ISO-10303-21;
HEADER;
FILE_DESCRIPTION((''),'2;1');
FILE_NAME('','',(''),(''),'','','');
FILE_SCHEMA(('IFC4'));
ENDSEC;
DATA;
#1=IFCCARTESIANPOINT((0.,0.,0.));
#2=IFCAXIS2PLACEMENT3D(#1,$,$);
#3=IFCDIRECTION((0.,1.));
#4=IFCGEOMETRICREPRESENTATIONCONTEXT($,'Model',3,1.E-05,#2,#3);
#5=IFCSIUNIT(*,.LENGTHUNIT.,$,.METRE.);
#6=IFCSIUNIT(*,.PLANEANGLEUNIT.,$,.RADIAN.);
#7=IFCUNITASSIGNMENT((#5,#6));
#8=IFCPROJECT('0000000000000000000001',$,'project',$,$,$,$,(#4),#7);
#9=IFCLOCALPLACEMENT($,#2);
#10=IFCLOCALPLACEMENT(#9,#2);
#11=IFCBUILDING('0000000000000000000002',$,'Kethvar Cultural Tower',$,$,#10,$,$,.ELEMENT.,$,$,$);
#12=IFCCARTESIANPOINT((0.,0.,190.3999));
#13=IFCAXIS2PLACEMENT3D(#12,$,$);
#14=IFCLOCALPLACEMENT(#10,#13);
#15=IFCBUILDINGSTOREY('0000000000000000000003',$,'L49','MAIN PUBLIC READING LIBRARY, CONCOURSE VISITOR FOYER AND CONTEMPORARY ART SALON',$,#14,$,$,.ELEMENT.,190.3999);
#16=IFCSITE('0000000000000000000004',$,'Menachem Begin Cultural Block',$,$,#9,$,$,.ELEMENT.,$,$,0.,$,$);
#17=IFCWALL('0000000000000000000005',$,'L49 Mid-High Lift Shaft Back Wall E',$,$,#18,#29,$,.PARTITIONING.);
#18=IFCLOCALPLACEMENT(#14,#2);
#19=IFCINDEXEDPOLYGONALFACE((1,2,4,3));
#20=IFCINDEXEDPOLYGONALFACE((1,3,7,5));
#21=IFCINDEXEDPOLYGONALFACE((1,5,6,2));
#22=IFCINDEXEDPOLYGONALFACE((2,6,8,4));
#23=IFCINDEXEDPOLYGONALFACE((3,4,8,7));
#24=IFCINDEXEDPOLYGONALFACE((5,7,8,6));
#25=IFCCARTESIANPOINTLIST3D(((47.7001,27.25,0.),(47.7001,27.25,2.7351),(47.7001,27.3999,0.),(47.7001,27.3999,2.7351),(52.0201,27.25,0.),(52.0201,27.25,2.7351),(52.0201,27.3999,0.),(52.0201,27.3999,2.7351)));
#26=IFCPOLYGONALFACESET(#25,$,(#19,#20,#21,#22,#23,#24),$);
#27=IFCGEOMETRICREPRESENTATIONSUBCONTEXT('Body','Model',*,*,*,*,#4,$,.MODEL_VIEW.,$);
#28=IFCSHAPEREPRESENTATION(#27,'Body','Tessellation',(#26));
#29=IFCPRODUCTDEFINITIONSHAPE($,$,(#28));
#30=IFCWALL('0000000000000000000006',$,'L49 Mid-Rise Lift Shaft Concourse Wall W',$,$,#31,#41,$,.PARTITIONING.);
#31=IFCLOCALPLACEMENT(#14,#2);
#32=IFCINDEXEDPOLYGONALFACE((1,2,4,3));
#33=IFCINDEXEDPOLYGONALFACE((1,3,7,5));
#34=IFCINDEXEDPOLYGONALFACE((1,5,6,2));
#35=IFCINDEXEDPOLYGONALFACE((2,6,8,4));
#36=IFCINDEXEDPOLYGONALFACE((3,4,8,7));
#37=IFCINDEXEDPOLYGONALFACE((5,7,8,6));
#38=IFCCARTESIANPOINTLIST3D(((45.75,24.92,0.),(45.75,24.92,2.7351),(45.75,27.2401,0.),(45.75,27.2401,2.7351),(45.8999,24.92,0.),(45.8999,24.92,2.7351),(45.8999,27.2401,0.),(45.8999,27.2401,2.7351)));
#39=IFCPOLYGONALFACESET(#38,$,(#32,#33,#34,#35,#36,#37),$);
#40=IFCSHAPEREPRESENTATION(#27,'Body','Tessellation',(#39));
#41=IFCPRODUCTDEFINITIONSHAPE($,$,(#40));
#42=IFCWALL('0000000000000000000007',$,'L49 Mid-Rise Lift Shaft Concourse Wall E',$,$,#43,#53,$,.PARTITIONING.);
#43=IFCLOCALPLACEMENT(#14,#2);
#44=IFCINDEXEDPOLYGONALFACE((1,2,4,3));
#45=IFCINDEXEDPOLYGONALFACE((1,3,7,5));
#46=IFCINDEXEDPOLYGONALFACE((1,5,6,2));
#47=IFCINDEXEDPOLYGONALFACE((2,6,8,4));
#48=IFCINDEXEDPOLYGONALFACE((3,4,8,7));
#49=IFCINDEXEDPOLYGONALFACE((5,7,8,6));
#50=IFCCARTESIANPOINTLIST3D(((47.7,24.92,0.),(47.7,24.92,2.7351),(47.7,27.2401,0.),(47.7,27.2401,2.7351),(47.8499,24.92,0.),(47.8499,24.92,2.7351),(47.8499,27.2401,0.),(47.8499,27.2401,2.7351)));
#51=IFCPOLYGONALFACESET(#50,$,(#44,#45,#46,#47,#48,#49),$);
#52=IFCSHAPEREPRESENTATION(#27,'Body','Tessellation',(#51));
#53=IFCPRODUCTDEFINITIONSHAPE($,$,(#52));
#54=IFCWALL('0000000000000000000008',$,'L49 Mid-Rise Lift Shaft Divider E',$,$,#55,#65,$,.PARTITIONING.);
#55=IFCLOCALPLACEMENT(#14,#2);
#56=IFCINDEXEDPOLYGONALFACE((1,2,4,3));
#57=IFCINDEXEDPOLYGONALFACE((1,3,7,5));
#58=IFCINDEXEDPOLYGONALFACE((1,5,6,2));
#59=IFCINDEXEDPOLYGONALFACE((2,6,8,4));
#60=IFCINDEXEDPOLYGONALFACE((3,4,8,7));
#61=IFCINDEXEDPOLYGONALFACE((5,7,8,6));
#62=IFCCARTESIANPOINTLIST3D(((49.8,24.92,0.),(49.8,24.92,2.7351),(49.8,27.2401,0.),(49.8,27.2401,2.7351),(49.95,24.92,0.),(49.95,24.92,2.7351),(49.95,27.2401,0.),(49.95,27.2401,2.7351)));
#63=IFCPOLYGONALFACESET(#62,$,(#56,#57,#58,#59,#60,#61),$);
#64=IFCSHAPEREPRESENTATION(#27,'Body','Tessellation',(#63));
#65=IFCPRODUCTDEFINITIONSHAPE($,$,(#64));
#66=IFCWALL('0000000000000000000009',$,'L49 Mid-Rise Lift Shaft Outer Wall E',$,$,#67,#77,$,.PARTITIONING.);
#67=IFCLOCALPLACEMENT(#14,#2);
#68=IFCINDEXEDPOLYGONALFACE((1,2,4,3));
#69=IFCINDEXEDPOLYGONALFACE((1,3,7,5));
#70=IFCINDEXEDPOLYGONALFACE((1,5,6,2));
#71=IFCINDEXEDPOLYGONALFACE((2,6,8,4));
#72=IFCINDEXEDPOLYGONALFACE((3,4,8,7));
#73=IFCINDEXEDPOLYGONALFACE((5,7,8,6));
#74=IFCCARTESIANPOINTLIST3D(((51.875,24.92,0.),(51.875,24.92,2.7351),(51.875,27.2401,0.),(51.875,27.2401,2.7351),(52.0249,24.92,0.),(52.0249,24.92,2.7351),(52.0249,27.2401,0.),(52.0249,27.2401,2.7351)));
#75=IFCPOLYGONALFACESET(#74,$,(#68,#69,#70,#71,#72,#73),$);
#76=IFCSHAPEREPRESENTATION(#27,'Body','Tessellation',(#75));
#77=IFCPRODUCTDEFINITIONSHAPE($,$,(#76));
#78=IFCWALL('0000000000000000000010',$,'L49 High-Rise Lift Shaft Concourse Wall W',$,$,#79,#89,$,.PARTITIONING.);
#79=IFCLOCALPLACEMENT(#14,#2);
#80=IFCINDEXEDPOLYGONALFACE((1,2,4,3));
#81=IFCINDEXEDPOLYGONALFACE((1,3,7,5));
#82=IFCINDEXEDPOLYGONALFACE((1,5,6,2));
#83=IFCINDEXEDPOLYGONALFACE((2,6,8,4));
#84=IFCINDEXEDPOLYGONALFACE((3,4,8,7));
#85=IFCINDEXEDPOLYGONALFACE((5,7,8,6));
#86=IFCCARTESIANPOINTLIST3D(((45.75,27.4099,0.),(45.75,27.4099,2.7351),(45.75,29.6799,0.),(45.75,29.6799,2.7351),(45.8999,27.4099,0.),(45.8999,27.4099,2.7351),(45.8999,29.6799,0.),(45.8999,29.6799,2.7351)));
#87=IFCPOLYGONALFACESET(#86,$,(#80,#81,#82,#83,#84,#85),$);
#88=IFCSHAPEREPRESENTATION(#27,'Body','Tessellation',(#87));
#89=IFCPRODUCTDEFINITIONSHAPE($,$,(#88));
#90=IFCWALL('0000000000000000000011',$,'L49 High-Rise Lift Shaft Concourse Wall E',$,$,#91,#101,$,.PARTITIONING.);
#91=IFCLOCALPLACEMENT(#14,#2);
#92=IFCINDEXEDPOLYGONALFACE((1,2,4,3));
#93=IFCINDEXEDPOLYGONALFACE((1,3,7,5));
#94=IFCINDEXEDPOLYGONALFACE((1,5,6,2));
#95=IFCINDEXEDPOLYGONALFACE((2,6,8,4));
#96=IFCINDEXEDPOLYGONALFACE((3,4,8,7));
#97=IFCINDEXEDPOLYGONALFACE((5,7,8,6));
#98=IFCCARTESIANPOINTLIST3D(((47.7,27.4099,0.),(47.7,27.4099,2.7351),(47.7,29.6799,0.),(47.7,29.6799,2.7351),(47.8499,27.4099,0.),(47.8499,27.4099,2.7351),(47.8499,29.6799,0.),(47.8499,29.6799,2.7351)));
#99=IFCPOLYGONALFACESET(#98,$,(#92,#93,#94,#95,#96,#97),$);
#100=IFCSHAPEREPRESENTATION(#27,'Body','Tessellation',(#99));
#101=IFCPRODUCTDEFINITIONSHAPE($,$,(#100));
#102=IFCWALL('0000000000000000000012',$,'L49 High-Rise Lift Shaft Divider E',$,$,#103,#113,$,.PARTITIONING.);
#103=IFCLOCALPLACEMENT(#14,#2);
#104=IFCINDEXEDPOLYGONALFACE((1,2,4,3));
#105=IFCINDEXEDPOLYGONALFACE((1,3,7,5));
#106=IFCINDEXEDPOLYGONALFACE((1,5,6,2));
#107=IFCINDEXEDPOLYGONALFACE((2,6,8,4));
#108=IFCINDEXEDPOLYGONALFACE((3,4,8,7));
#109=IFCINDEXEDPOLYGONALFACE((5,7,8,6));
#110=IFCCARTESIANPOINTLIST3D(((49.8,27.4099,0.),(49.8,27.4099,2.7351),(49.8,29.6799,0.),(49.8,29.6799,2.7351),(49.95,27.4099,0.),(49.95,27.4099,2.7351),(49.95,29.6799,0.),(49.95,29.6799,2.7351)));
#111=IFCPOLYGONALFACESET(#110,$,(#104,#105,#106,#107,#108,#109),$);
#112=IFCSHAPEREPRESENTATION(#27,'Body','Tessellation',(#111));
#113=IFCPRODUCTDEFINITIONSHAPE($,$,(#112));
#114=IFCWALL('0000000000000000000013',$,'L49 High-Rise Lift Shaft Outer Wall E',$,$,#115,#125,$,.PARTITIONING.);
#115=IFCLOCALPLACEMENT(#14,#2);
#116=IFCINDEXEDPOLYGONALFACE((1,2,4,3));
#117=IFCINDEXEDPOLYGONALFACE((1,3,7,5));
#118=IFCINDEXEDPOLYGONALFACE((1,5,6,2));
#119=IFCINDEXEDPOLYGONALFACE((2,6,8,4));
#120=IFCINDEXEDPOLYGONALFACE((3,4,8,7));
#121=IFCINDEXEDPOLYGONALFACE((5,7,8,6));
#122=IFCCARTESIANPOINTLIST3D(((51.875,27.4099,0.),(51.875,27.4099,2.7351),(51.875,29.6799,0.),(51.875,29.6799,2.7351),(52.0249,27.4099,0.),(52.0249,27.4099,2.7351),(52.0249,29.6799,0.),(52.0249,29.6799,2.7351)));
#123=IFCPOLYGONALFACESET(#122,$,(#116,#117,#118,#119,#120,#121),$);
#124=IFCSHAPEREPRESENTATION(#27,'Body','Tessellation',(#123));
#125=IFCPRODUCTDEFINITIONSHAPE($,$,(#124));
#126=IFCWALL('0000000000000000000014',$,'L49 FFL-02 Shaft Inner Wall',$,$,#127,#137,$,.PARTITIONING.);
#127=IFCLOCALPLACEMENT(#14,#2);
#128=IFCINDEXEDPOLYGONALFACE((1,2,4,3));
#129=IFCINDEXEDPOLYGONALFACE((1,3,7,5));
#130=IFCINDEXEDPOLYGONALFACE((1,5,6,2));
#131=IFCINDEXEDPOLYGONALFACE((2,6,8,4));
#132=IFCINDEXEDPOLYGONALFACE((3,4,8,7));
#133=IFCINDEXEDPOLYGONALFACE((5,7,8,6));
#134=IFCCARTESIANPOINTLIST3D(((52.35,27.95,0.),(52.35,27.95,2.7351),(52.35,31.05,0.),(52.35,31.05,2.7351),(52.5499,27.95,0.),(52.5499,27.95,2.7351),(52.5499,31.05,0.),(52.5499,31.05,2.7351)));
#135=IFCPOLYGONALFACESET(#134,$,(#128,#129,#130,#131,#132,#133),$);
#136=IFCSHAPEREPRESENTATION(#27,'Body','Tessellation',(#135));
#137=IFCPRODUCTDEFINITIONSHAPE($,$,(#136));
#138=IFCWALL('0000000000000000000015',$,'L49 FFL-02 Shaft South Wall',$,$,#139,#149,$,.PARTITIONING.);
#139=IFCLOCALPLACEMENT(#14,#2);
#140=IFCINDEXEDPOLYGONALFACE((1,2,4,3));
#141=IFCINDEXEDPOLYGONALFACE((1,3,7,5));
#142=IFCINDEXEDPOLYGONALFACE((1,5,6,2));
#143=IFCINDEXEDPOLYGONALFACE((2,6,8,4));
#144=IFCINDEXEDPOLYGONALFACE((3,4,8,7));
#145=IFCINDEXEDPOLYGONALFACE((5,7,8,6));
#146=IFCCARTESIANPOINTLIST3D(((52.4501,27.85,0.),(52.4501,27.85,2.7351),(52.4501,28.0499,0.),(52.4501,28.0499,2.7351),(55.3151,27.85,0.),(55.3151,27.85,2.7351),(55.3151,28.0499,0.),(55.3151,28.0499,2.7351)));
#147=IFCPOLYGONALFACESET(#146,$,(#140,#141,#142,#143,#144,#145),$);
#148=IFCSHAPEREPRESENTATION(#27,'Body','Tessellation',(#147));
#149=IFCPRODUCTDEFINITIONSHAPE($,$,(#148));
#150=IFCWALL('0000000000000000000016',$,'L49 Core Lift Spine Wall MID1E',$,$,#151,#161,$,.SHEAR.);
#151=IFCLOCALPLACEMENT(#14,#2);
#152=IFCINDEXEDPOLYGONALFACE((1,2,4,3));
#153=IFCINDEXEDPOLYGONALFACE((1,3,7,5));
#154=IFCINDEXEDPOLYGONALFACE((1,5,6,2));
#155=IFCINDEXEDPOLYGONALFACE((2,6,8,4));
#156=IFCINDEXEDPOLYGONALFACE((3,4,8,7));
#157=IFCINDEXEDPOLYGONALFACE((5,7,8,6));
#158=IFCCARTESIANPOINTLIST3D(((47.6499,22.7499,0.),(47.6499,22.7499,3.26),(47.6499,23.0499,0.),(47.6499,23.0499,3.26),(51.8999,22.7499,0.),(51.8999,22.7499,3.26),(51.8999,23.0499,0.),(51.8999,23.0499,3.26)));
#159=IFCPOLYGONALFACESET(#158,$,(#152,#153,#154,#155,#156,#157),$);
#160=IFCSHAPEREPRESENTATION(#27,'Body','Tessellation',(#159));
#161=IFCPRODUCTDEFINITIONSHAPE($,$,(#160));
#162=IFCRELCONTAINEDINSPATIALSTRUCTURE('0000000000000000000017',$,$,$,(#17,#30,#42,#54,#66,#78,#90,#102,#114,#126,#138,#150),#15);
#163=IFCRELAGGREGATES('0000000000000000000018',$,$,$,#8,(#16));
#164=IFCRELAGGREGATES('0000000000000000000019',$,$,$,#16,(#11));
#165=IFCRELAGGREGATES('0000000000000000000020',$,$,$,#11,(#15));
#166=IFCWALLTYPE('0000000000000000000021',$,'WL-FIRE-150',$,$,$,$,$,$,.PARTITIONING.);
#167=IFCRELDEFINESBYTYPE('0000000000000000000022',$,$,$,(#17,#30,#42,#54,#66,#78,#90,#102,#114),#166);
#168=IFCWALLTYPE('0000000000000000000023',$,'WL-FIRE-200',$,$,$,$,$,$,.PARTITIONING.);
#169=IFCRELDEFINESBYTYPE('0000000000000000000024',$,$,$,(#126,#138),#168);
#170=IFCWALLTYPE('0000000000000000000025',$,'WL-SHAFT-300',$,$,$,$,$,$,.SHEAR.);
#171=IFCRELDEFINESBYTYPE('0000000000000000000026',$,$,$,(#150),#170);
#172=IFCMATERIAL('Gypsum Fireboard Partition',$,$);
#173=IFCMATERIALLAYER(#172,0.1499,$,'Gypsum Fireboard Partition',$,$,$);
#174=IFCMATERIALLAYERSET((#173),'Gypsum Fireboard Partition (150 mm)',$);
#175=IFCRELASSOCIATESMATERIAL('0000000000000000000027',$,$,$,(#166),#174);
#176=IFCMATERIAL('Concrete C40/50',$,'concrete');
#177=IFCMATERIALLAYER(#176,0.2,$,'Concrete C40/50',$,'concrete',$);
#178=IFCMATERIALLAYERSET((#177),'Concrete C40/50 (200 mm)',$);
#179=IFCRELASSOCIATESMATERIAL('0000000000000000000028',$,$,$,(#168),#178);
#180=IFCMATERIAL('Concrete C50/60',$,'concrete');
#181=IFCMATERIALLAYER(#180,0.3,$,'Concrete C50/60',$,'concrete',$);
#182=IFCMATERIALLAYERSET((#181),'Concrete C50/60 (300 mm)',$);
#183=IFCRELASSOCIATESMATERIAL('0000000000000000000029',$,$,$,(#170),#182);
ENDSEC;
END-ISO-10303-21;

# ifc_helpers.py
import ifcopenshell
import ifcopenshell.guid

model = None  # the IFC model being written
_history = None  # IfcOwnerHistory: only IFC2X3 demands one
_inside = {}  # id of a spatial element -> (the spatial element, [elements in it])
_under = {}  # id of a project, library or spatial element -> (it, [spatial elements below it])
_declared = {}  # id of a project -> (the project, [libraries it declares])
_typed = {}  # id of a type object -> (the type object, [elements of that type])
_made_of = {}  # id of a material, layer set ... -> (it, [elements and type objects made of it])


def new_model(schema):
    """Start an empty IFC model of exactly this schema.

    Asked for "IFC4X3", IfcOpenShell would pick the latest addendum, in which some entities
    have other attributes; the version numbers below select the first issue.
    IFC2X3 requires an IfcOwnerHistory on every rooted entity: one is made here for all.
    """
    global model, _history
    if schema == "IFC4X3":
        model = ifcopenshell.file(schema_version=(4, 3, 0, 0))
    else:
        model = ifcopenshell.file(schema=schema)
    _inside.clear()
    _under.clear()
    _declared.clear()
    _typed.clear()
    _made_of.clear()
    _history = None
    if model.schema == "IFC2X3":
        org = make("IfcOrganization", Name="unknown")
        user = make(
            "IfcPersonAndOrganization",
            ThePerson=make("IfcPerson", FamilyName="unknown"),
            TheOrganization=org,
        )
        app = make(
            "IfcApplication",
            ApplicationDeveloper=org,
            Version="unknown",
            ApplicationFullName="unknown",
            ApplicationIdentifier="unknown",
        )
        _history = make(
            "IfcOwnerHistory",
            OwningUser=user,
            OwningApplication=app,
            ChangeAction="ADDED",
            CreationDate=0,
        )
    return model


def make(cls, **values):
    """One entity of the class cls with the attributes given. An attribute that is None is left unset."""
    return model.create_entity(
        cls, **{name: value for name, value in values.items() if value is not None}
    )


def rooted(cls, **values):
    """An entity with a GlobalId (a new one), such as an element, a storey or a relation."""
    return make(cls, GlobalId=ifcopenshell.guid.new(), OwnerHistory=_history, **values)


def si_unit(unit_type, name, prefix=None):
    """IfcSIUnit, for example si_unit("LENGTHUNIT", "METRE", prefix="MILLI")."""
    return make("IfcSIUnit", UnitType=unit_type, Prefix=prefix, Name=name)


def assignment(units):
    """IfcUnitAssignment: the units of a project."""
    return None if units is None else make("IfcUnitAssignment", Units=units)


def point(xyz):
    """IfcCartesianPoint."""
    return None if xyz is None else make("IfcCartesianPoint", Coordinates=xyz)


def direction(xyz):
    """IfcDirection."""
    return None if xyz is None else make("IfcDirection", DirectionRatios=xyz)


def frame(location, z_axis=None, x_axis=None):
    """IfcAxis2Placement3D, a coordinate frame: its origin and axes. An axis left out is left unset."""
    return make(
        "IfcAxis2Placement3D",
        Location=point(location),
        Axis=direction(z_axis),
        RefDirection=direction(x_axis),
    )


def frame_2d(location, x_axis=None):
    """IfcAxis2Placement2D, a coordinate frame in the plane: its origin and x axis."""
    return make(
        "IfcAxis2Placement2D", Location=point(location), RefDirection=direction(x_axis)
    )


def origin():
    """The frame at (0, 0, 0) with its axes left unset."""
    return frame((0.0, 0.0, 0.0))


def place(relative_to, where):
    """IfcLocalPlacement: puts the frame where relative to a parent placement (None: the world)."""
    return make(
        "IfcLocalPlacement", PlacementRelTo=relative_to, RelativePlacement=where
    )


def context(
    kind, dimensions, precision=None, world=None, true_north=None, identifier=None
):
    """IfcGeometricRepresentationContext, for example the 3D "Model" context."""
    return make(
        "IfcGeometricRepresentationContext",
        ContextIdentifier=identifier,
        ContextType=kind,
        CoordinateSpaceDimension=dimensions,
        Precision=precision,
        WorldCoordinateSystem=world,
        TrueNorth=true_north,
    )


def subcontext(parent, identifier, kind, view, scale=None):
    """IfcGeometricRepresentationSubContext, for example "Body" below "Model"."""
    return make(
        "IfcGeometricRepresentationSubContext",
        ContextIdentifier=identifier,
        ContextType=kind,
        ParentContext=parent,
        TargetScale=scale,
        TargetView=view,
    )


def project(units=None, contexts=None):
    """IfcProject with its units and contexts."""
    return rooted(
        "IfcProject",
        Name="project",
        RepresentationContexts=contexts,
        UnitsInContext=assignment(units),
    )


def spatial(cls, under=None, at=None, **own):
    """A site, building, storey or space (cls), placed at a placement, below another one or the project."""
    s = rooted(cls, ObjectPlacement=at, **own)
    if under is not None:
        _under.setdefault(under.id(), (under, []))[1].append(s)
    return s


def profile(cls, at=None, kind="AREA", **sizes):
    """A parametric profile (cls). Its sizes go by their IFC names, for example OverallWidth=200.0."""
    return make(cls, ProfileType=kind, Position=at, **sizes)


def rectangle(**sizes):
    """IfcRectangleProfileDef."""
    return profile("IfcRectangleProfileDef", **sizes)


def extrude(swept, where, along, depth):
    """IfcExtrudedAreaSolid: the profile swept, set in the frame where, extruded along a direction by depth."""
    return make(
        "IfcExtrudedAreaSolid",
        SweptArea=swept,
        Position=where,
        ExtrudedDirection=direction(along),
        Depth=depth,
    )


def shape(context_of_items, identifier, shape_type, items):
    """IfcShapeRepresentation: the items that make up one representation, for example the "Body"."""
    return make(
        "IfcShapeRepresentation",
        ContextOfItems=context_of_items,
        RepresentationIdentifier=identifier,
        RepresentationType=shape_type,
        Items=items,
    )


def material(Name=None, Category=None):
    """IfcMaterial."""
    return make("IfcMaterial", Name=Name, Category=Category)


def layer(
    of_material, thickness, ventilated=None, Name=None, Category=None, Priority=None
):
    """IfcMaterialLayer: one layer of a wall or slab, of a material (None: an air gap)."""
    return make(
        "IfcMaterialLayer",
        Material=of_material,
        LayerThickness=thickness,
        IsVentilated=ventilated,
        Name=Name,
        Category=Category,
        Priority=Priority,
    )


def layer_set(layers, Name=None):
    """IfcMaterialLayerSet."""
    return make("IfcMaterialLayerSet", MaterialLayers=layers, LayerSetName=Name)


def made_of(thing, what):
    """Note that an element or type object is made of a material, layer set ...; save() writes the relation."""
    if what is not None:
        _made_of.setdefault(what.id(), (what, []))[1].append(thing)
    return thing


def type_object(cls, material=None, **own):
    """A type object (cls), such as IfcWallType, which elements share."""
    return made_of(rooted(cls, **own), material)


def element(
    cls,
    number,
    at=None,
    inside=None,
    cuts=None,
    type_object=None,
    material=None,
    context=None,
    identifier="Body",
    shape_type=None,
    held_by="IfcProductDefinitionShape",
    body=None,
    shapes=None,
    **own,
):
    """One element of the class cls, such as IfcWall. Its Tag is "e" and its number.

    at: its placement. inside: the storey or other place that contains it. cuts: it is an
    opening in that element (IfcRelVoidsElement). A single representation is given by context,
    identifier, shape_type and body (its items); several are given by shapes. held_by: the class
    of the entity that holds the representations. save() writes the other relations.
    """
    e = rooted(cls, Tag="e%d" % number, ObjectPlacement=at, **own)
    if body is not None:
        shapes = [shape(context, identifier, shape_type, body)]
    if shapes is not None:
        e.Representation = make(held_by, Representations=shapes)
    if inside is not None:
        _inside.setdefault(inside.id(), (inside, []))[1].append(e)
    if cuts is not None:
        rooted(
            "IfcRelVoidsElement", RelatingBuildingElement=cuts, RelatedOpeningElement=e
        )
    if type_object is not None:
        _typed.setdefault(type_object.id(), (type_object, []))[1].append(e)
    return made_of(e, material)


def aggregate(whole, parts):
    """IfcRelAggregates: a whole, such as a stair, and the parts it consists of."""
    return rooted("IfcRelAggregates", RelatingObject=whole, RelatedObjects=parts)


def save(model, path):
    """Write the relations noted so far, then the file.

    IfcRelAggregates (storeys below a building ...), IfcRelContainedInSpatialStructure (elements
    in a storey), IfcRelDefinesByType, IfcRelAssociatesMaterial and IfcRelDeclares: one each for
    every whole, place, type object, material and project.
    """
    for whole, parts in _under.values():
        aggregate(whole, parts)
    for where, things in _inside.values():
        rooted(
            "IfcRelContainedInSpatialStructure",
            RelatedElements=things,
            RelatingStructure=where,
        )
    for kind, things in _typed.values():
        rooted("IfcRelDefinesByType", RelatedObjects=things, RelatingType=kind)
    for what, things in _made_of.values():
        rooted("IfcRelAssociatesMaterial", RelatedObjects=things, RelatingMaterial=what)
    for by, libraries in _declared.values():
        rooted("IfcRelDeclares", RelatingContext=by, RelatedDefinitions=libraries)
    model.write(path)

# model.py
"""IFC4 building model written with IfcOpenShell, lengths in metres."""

from ifc_helpers import new_model, si_unit, direction, frame, frame_2d, origin, place, context, subcontext, project, spatial, rectangle, extrude, material, layer, layer_set, type_object, element, save


model = new_model("IFC4")

# Units and contexts
model_context = context("Model", 3, precision=1e-05, world=origin(), true_north=direction((0.0, 1.0)))
body_context = subcontext(model_context, "Body", "Model", "MODEL_VIEW")
ifc_project = project(units=[si_unit("LENGTHUNIT", "METRE"), si_unit("PLANEANGLEUNIT", "RADIAN")], contexts=[model_context])

# Site, building, storey
site_placement = place(None, origin())
site = spatial("IfcSite", under=ifc_project, at=site_placement, Name="Menachem Begin Cultural Block", CompositionType="ELEMENT", RefElevation=0.0)
building_placement = place(site_placement, origin())
building = spatial("IfcBuilding", under=site, at=building_placement, Name="Kethvar Cultural Tower", CompositionType="ELEMENT")
storey_placement = place(building_placement, frame((0.0, 0.0, 190.3999)))
storey = spatial("IfcBuildingStorey", under=building, at=storey_placement, Name="L49", Description="MAIN PUBLIC READING LIBRARY, CONCOURSE VISITOR FOYER AND CONTEMPORARY ART SALON", CompositionType="ELEMENT", Elevation=190.3999)

# Walls
ifc_material_1 = material(Name="Gypsum Fireboard Partition")
ifc_layer_1 = layer(ifc_material_1, 0.1499, Name="Gypsum Fireboard Partition")
ifc_layer_set_1 = layer_set([ifc_layer_1], Name="Gypsum Fireboard Partition (150 mm)")
wall_type_1 = type_object("IfcWallType", Name="WL-FIRE-150", PredefinedType="PARTITIONING", material=ifc_layer_set_1)
wall_1_placement = place(storey_placement, frame((47.7, 27.325, 0.0), z_axis=(0.0, 0.0, 1.0), x_axis=(1.0, 0.0, 0.0)))
element("IfcWall", 1, at=wall_1_placement, inside=storey, type_object=wall_type_1, Name="L49 Mid-High Lift Shaft Back Wall E", PredefinedType="PARTITIONING", context=body_context, shape_type="SweptSolid", body=[
    extrude(rectangle(XDim=4.3201, YDim=0.1499, at=frame_2d((2.1602, 0.0))), origin(), (0.0, 0.0, 1.0), 2.7351),
])
for number, where, z_axis, x_axis, name in (
    (2, (45.825, 24.9199, 0.0), (0.0, 0.0, 1.0), (0.0, 1.0, 0.0), "L49 Mid-Rise Lift Shaft Concourse Wall W"),
    (3, (47.7749, 24.9199, 0.0), (0.0, 0.0, 1.0), (0.0, 1.0, 0.0), "L49 Mid-Rise Lift Shaft Concourse Wall E"),
    (4, (49.875, 24.9199, 0.0), (0.0, 0.0, 1.0), (0.0, 1.0, 0.0), "L49 Mid-Rise Lift Shaft Divider E"),
    (5, (51.95, 24.9199, 0.0), (0.0, 0.0, 1.0), (0.0, 1.0, 0.0), "L49 Mid-Rise Lift Shaft Outer Wall E"),
):
    element("IfcWall", number, at=place(storey_placement, frame(where, z_axis=z_axis, x_axis=x_axis)), inside=storey, type_object=wall_type_1, Name=name, PredefinedType="PARTITIONING", context=body_context, shape_type="SweptSolid", body=[
        extrude(rectangle(XDim=2.3201, YDim=0.1499, at=frame_2d((1.1602, 0.0))), origin(), (0.0, 0.0, 1.0), 2.7351),
    ])
for number, where, z_axis, x_axis, name in (
    (6, (45.825, 27.4099, 0.0), (0.0, 0.0, 1.0), (0.0, 1.0, 0.0), "L49 High-Rise Lift Shaft Concourse Wall W"),
    (7, (47.7749, 27.4099, 0.0), (0.0, 0.0, 1.0), (0.0, 1.0, 0.0), "L49 High-Rise Lift Shaft Concourse Wall E"),
    (8, (49.875, 27.4099, 0.0), (0.0, 0.0, 1.0), (0.0, 1.0, 0.0), "L49 High-Rise Lift Shaft Divider E"),
    (9, (51.95, 27.4099, 0.0), (0.0, 0.0, 1.0), (0.0, 1.0, 0.0), "L49 High-Rise Lift Shaft Outer Wall E"),
):
    element("IfcWall", number, at=place(storey_placement, frame(where, z_axis=z_axis, x_axis=x_axis)), inside=storey, type_object=wall_type_1, Name=name, PredefinedType="PARTITIONING", context=body_context, shape_type="SweptSolid", body=[
        extrude(rectangle(XDim=2.27, YDim=0.1499, at=frame_2d((1.135, 0.0))), origin(), (0.0, 0.0, 1.0), 2.7351),
    ])
ifc_material_2 = material(Name="Concrete C40/50", Category="concrete")
ifc_layer_2 = layer(ifc_material_2, 0.2, Name="Concrete C40/50", Category="concrete")
ifc_layer_set_2 = layer_set([ifc_layer_2], Name="Concrete C40/50 (200 mm)")
wall_type_2 = type_object("IfcWallType", Name="WL-FIRE-200", PredefinedType="PARTITIONING", material=ifc_layer_set_2)
wall_2_placement = place(storey_placement, frame((52.45, 27.95, 0.0), z_axis=(0.0, 0.0, 1.0), x_axis=(0.0, 1.0, 0.0)))
element("IfcWall", 10, at=wall_2_placement, inside=storey, type_object=wall_type_2, Name="L49 FFL-02 Shaft Inner Wall", PredefinedType="PARTITIONING", context=body_context, shape_type="SweptSolid", body=[
    extrude(rectangle(XDim=3.1001, YDim=0.2, at=frame_2d((1.55, 0.0))), origin(), (0.0, 0.0, 1.0), 2.7351),
])
wall_3_placement = place(storey_placement, frame((52.45, 27.95, 0.0), z_axis=(0.0, 0.0, 1.0), x_axis=(1.0, 0.0, 0.0)))
element("IfcWall", 11, at=wall_3_placement, inside=storey, type_object=wall_type_2, Name="L49 FFL-02 Shaft South Wall", PredefinedType="PARTITIONING", context=body_context, shape_type="SweptSolid", body=[
    extrude(rectangle(XDim=2.865, YDim=0.2, at=frame_2d((1.4326, 0.0))), origin(), (0.0, 0.0, 1.0), 2.7351),
])
ifc_material_3 = material(Name="Concrete C50/60", Category="concrete")
ifc_layer_3 = layer(ifc_material_3, 0.3, Name="Concrete C50/60", Category="concrete")
ifc_layer_set_3 = layer_set([ifc_layer_3], Name="Concrete C50/60 (300 mm)")
wall_type_3 = type_object("IfcWallType", Name="WL-SHAFT-300", PredefinedType="SHEAR", material=ifc_layer_set_3)
wall_4_placement = place(storey_placement, frame((47.6499, 22.8999, 0.0), z_axis=(0.0, 0.0, 1.0), x_axis=(1.0, 0.0, 0.0)))
element("IfcWall", 12, at=wall_4_placement, inside=storey, type_object=wall_type_3, Name="L49 Core Lift Spine Wall MID1E", PredefinedType="SHEAR", context=body_context, shape_type="SweptSolid", body=[
    extrude(rectangle(XDim=4.25, YDim=0.3, at=frame_2d((2.125, 0.0))), origin(), (0.0, 0.0, 1.0), 3.26),
])

save(model, "model.ifc")
